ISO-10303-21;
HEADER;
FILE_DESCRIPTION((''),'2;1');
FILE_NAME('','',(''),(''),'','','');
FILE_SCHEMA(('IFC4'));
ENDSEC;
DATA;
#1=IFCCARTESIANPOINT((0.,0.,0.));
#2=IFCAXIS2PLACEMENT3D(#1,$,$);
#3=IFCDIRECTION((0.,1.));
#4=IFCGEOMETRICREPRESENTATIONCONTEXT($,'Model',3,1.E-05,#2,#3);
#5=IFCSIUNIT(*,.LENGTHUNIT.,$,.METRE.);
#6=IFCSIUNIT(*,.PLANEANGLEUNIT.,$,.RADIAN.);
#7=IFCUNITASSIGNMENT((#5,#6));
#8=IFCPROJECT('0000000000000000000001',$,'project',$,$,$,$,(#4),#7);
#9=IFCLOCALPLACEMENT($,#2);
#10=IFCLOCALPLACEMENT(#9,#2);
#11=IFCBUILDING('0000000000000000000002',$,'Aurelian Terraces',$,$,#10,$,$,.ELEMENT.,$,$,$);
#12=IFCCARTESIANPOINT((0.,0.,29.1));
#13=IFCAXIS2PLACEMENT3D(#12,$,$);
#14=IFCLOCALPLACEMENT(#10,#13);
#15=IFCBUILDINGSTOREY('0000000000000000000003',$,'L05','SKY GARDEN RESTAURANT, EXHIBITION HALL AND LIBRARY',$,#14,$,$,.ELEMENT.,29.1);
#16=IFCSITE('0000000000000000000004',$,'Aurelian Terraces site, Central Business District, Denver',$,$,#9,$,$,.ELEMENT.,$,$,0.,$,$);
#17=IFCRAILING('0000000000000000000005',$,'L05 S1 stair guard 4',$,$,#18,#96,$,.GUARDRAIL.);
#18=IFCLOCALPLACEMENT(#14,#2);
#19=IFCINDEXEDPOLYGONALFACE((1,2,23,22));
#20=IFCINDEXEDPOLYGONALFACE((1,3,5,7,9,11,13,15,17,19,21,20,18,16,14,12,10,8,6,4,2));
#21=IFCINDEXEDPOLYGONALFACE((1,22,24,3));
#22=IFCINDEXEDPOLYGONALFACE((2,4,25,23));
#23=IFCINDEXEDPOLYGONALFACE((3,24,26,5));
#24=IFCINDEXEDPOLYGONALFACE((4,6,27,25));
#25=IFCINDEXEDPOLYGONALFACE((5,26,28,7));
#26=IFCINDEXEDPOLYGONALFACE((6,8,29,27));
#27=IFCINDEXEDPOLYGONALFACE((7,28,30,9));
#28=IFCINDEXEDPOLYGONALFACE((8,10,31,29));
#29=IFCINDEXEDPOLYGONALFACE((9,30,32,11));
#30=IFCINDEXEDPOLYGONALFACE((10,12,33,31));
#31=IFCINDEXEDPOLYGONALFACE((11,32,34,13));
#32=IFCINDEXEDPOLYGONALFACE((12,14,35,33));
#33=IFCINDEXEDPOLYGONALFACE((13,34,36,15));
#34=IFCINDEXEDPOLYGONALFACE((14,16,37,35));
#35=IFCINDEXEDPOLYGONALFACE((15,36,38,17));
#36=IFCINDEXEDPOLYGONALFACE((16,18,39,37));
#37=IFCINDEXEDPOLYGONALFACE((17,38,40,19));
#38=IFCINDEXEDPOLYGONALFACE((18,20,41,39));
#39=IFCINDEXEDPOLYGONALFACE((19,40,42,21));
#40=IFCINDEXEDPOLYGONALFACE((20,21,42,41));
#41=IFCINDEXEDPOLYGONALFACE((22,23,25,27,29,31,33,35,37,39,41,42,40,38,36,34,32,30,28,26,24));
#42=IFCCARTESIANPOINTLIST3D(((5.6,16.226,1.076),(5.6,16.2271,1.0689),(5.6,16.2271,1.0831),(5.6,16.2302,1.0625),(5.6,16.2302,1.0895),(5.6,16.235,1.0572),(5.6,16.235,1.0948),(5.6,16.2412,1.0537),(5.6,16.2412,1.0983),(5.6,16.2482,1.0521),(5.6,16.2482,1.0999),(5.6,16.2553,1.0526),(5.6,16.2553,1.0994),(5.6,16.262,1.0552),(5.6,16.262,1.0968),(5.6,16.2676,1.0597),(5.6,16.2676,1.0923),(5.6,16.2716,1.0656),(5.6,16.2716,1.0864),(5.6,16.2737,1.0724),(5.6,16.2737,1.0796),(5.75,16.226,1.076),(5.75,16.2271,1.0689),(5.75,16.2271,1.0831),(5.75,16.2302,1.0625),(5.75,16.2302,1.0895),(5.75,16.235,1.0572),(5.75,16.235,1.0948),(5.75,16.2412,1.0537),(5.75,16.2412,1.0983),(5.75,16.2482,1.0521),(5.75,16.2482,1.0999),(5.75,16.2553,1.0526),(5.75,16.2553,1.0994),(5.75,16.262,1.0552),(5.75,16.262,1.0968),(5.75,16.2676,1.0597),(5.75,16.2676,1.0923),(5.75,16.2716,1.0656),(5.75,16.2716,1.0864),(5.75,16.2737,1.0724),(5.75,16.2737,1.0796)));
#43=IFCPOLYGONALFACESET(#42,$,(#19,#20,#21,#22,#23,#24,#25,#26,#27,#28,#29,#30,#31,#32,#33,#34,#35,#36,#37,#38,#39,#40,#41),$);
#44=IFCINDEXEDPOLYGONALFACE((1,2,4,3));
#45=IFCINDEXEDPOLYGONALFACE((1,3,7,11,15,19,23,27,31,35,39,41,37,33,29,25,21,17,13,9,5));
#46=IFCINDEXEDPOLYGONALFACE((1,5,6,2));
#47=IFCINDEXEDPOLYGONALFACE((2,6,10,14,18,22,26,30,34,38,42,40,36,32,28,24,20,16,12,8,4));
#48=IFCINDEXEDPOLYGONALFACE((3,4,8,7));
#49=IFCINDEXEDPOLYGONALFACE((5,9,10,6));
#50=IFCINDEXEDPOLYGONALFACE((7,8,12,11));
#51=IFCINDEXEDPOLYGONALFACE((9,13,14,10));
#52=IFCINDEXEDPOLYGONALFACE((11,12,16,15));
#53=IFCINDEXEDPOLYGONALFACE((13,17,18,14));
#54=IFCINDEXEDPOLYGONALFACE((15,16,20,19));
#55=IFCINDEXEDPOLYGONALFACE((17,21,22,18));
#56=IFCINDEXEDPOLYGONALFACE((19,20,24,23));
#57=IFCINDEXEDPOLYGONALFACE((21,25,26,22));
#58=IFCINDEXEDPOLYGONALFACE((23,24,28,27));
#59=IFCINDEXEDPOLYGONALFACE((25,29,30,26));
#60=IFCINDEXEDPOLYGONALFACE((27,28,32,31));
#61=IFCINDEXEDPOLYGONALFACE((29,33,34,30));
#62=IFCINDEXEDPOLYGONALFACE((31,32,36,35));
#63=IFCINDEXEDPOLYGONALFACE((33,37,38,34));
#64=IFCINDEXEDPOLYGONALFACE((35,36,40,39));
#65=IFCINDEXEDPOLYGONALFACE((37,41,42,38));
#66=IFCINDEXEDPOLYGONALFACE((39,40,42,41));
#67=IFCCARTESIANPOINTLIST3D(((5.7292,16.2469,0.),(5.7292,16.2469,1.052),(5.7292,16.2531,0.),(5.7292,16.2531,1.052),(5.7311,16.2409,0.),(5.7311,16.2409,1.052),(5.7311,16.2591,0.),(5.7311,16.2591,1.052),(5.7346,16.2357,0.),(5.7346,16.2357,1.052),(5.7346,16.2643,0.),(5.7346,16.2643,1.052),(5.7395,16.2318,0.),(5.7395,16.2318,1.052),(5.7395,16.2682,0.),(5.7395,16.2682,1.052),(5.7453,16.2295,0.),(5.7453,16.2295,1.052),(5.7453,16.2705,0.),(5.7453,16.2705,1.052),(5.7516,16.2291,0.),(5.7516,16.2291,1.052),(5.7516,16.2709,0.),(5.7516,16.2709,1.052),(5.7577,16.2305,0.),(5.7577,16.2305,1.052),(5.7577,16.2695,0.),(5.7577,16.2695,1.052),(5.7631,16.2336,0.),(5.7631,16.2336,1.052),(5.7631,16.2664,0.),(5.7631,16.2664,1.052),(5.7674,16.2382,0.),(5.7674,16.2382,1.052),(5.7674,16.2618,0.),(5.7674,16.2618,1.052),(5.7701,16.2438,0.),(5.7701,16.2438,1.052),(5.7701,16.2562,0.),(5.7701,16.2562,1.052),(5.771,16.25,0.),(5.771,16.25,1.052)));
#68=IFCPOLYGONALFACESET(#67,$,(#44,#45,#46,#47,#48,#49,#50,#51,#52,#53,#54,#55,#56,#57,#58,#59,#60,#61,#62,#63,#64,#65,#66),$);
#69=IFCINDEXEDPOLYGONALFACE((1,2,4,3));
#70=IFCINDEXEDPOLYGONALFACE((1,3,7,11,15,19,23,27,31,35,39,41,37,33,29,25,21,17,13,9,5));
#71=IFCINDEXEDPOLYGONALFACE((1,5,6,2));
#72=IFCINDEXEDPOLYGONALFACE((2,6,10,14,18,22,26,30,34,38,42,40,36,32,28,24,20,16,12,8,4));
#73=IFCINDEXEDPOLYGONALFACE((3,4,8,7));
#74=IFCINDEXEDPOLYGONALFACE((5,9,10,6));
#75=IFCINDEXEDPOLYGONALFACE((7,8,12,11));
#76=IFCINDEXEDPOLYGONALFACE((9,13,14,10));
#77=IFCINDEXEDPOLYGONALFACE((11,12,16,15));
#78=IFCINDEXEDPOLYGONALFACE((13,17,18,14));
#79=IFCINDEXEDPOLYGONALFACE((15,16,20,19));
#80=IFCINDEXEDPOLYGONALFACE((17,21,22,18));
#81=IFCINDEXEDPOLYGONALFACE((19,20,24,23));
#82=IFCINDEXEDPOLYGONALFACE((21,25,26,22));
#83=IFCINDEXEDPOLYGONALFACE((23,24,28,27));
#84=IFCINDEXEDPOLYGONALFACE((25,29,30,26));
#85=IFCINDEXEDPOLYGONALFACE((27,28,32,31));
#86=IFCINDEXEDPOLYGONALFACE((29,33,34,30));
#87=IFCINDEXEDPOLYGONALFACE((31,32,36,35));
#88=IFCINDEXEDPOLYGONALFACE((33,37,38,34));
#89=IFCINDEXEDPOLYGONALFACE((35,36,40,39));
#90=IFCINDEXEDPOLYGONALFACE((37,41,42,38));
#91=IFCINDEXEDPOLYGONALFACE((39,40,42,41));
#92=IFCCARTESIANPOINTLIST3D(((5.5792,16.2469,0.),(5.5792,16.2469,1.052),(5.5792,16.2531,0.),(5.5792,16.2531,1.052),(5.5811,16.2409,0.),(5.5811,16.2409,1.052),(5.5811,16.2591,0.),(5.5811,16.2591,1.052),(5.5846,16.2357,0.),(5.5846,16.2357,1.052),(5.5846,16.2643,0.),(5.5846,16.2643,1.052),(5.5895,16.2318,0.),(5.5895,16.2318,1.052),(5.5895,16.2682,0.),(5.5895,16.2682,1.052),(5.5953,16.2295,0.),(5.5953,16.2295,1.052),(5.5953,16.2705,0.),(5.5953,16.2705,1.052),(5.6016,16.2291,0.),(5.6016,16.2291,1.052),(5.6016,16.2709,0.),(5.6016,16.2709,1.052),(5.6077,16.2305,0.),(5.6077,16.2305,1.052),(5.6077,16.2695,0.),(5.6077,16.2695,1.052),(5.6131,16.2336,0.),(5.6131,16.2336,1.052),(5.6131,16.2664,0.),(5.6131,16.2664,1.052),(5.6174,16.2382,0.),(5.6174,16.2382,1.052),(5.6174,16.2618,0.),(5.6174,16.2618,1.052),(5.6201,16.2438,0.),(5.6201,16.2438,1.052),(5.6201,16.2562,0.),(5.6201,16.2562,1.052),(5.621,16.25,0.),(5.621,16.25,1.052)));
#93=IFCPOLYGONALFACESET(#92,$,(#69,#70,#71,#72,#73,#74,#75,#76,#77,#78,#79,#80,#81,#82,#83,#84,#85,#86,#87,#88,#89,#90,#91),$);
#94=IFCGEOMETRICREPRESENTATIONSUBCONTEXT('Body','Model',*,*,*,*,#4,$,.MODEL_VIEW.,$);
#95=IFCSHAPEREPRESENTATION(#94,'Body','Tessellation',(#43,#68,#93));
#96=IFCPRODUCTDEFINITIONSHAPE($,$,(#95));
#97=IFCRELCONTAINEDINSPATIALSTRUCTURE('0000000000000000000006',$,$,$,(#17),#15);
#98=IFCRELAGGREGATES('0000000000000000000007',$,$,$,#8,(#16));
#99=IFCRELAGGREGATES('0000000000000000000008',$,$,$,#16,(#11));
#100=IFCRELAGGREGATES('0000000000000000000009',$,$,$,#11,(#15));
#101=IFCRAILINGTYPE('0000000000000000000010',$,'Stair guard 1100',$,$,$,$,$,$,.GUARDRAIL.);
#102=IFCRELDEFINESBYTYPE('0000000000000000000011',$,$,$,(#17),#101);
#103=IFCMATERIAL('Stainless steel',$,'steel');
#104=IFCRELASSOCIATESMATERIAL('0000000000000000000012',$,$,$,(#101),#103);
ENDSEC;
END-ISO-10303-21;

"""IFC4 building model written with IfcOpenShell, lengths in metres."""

from ifc_helpers import new_model, si_unit, direction, frame, origin, origin_2d, place, context, subcontext, project, spatial, circle, extrude, source, transform, mapped, material, type_object, element, save


model = new_model("IFC4")

# Units and contexts
model_context = context("Model", 3, precision=1e-05, world=origin(), true_north=direction((0.0, 1.0)))
body_context = subcontext(model_context, "Body", "Model", "MODEL_VIEW")
ifc_project = project(units=[si_unit("LENGTHUNIT", "METRE"), si_unit("PLANEANGLEUNIT", "RADIAN")], contexts=[model_context])

# Site, building, storey
site_placement = place(None, origin())
site = spatial("IfcSite", under=ifc_project, at=site_placement, Name="Aurelian Terraces site, Central Business District, Denver", CompositionType="ELEMENT", RefElevation=0.0)
building_placement = place(site_placement, origin())
building = spatial("IfcBuilding", under=site, at=building_placement, Name="Aurelian Terraces", CompositionType="ELEMENT")
storey_placement = place(building_placement, frame((0.0, 0.0, 29.1)))
storey = spatial("IfcBuildingStorey", under=building, at=storey_placement, Name="L05", Description="SKY GARDEN RESTAURANT, EXHIBITION HALL AND LIBRARY", CompositionType="ELEMENT", Elevation=29.1)

# Railing
ifc_material_1 = material(Name="Stainless steel", Category="steel")
railing_type_1 = type_object("IfcRailingType", Name="Stair guard 1100", PredefinedType="GUARDRAIL", material=ifc_material_1)
shared_shape_1 = source(origin(), body_context, "Body", "SweptSolid", [
    extrude(circle(Radius=0.024, at=origin_2d()), frame((0.0, 0.0, 1.076), z_axis=(-1.0, 0.0, 0.0), x_axis=(0.0, -1.0, 0.0)), (0.0, 0.0, 1.0), 0.15),
    extrude(circle(Radius=0.021, at=origin_2d()), origin(), (0.0, 0.0, 1.0), 1.052),
    extrude(circle(Radius=0.021, at=origin_2d()), frame((-0.15, 0.0, 0.0)), (0.0, 0.0, 1.0), 1.052),
])
railing_1_placement = place(storey_placement, frame((5.75, 16.25, 0.0)))
element("IfcRailing", 1, at=railing_1_placement, inside=storey, type_object=railing_type_1, Name="L05 S1 stair guard 4", PredefinedType="GUARDRAIL", context=body_context, shape_type="MappedRepresentation", body=[
    mapped(shared_shape_1, transform((0.0, 0.0, 0.0), scale=1.0)),
])

save(model, "model.ifc")
